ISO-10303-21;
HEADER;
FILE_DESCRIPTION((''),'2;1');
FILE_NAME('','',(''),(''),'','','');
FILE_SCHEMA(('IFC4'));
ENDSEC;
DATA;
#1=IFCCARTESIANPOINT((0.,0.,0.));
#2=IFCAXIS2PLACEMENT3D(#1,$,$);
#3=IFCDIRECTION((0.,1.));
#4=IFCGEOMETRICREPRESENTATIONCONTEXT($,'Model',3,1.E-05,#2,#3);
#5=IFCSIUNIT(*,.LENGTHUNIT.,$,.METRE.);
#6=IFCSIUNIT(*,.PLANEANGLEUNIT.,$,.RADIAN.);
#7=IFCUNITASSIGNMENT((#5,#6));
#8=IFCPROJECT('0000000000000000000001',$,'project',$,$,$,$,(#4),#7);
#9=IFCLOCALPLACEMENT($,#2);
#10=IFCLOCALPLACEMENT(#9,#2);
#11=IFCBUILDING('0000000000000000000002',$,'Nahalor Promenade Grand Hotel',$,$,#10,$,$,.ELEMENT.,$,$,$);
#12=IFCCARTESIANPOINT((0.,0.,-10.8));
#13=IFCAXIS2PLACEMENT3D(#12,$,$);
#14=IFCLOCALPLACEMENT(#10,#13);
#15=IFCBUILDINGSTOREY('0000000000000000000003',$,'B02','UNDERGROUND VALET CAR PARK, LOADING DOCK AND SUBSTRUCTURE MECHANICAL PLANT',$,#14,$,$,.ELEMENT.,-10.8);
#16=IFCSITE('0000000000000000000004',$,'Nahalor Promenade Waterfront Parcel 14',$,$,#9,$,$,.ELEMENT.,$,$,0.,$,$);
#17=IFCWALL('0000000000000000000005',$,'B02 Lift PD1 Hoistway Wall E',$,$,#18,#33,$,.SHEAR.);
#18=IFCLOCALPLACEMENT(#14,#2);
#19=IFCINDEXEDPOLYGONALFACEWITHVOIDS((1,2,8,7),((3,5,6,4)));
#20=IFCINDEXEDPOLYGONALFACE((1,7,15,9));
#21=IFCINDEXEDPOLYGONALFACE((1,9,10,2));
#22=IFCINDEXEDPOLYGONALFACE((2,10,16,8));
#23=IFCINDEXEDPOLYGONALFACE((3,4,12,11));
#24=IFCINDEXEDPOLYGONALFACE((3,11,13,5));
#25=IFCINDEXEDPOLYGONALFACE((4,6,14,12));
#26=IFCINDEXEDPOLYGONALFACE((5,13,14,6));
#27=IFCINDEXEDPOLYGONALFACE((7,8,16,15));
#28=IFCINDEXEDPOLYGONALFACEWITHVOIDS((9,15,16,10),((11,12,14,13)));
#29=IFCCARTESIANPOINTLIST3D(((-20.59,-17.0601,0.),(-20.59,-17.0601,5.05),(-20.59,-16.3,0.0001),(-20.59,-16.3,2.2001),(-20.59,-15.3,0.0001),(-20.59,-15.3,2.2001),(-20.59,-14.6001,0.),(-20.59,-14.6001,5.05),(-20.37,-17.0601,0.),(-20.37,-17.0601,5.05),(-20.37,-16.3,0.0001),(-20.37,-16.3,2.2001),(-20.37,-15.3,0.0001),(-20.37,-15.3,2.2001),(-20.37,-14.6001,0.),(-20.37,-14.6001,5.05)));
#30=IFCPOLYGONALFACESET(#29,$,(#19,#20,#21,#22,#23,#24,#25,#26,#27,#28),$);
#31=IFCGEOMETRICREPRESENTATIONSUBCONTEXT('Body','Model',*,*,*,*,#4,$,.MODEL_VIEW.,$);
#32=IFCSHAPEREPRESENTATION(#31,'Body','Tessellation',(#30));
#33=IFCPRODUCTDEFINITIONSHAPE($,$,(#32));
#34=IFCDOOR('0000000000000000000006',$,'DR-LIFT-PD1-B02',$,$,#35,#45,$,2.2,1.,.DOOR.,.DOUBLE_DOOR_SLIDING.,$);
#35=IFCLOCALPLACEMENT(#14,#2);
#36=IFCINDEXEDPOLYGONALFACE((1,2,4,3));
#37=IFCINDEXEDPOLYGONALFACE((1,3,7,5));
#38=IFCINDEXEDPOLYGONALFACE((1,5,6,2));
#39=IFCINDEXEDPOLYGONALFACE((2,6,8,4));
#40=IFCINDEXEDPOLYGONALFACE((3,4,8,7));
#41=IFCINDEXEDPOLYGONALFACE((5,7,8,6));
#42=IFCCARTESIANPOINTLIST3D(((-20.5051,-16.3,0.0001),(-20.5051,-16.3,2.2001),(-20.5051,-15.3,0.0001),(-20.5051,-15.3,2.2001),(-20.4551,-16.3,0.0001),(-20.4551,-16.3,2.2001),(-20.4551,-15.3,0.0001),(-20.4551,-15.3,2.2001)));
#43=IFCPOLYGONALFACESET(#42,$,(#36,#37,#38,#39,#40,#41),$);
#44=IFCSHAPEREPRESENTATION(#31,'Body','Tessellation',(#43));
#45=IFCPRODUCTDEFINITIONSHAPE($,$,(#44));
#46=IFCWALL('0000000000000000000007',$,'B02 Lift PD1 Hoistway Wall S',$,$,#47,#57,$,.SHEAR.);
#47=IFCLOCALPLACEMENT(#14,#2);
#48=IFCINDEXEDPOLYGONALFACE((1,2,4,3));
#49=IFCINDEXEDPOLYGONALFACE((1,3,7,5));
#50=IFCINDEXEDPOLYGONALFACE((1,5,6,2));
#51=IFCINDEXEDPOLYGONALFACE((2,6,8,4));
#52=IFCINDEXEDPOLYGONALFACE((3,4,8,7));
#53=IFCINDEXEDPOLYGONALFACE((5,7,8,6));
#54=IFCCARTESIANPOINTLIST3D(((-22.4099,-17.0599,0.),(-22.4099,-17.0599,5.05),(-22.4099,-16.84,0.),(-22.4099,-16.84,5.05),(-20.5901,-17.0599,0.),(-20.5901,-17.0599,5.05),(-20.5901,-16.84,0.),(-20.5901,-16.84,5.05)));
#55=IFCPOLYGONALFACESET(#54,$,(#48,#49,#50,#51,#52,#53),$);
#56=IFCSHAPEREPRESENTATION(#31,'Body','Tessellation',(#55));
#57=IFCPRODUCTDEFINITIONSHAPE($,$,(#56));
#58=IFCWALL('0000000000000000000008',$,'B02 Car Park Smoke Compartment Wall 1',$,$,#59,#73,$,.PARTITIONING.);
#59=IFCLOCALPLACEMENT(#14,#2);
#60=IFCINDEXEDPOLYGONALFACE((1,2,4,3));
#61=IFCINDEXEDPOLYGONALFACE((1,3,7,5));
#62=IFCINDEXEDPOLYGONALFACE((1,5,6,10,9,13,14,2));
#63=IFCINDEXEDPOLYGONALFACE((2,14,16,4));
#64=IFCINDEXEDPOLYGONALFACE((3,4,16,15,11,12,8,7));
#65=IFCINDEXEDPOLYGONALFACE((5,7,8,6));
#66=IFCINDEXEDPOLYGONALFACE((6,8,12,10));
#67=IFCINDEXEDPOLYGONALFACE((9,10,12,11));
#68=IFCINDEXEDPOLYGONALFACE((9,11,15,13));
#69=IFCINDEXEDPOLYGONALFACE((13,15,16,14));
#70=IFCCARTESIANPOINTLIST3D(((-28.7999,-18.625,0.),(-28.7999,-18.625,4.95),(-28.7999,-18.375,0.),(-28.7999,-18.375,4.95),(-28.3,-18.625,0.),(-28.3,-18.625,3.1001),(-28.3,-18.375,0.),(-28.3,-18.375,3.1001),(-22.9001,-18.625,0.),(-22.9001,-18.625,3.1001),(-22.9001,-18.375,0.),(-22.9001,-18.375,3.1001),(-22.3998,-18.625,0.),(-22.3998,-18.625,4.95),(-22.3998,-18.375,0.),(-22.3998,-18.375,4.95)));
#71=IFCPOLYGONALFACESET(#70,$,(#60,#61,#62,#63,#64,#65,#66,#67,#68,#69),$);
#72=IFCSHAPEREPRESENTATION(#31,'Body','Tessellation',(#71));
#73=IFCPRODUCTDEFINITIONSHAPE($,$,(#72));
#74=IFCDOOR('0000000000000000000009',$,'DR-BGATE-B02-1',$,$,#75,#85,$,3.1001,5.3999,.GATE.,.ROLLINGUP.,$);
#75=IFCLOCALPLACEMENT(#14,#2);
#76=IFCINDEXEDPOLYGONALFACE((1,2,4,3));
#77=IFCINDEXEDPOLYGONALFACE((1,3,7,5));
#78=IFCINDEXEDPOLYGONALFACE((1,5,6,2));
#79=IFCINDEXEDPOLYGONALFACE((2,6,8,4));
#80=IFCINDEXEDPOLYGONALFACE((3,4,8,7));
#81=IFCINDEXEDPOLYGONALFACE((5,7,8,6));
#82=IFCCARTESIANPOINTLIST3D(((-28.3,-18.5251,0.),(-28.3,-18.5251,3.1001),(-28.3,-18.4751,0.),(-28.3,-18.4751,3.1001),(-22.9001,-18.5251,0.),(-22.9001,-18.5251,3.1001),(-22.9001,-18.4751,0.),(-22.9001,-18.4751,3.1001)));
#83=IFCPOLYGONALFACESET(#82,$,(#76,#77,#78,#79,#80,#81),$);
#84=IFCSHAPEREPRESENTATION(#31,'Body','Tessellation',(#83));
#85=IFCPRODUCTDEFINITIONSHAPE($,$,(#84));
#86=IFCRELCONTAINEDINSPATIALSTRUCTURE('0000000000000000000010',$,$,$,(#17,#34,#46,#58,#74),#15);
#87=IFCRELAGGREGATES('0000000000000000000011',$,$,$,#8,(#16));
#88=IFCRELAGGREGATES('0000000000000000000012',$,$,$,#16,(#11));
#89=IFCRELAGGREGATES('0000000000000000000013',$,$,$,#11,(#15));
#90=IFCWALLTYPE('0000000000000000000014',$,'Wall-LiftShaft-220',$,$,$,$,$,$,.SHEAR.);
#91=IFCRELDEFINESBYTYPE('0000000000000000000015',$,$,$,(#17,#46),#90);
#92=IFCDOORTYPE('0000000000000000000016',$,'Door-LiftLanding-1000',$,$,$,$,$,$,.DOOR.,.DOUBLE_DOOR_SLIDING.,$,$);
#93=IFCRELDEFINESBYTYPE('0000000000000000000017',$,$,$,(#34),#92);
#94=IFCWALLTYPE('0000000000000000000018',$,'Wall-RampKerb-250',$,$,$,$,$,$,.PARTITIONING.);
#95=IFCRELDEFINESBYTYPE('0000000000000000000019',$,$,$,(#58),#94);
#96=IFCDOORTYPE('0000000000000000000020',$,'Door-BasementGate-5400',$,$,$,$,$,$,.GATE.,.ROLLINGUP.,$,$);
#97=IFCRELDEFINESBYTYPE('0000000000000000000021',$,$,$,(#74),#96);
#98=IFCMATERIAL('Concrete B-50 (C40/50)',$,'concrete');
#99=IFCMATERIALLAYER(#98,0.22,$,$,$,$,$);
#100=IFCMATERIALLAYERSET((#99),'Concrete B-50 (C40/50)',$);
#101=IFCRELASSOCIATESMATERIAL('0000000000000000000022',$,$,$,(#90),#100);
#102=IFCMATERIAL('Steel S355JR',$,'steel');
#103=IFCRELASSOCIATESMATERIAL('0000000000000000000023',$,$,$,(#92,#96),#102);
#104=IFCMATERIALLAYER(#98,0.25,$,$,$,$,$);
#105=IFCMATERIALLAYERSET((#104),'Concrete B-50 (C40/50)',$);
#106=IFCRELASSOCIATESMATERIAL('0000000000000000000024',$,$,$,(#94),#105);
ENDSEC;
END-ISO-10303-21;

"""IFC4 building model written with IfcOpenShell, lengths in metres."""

from ifc_helpers import new_model, si_unit, direction, frame, frame_2d, origin, place, context, subcontext, project, spatial, rectangle, extrude, source, transform, mapped, material, layer, layer_set, type_object, element, fill, save


model = new_model("IFC4")

# Units and contexts
model_context = context("Model", 3, precision=1e-05, world=origin(), true_north=direction((0.0, 1.0)))
body_context = subcontext(model_context, "Body", "Model", "MODEL_VIEW")
ifc_project = project(units=[si_unit("LENGTHUNIT", "METRE"), si_unit("PLANEANGLEUNIT", "RADIAN")], contexts=[model_context])

# Site, building, storey
site_placement = place(None, origin())
site = spatial("IfcSite", under=ifc_project, at=site_placement, Name="Nahalor Promenade Waterfront Parcel 14", CompositionType="ELEMENT", RefElevation=0.0)
building_placement = place(site_placement, origin())
building = spatial("IfcBuilding", under=site, at=building_placement, Name="Nahalor Promenade Grand Hotel", CompositionType="ELEMENT")
storey_placement = place(building_placement, frame((0.0, 0.0, -10.8)))
storey = spatial("IfcBuildingStorey", under=building, at=storey_placement, Name="B02", Description="UNDERGROUND VALET CAR PARK, LOADING DOCK AND SUBSTRUCTURE MECHANICAL PLANT", CompositionType="ELEMENT", Elevation=-10.8)

# Shared definitions
ifc_material_1 = material(Name="Concrete B-50 (C40/50)", Category="concrete")

# Shared definitions
ifc_material_2 = material(Name="Steel S355JR", Category="steel")

# Shared definitions
ifc_layer_1 = layer(ifc_material_1, 0.22)
ifc_layer_set_1 = layer_set([ifc_layer_1], Name="Concrete B-50 (C40/50)")
wall_type_1 = type_object("IfcWallType", Name="Wall-LiftShaft-220", PredefinedType="SHEAR", material=ifc_layer_set_1)
shared_shape_1 = source(origin(), body_context, "Body", "SweptSolid", [
    extrude(rectangle(XDim=2.46, YDim=0.22, at=frame_2d((1.23, 0.0))), origin(), (0.0, 0.0, 1.0), 5.05),
])

# Wall, opening, door
wall_1_placement = place(storey_placement, frame((-20.48, -17.0601, 0.0), z_axis=(0.0, 0.0, 1.0), x_axis=(0.0, 1.0, 0.0)))
wall_1 = element("IfcWall", 1, at=wall_1_placement, inside=storey, type_object=wall_type_1, Name="B02 Lift PD1 Hoistway Wall E", PredefinedType="SHEAR", context=body_context, shape_type="MappedRepresentation", body=[
    mapped(shared_shape_1, transform((0.0, 0.0, 0.0), scale=1.0)),
])
opening_1_placement = place(wall_1_placement, frame((0.76, 0.0, 0.0)))
opening_1 = element("IfcOpeningElement", 2, at=opening_1_placement, cuts=wall_1, PredefinedType="OPENING", context=body_context, shape_type="SweptSolid", body=[
    extrude(rectangle(XDim=1.0, YDim=2.2, at=frame_2d((0.5, 1.1001))), frame((0.0, 0.1199, 0.0), z_axis=(0.0, -1.0, 0.0), x_axis=(1.0, 0.0, 0.0)), (0.0, 0.0, 1.0), 0.24),
])
door_type_1 = type_object("IfcDoorType", Name="Door-LiftLanding-1000", OperationType="DOUBLE_DOOR_SLIDING", PredefinedType="DOOR", material=ifc_material_2)
shared_shape_2 = source(origin(), body_context, "Body", "SweptSolid", [
    extrude(rectangle(XDim=1.0, YDim=2.2, at=frame_2d((0.5, 1.1001))), frame((0.0, 0.0249, 0.0), z_axis=(0.0, -1.0, 0.0), x_axis=(1.0, 0.0, 0.0)), (0.0, 0.0, 1.0), 0.05),
])
door_1_placement = place(opening_1_placement, frame((1.0, 0.0, 0.0), z_axis=(0.0, 0.0, 1.0), x_axis=(-1.0, 0.0, 0.0)))
door_1 = element("IfcDoor", 3, at=door_1_placement, inside=storey, type_object=door_type_1, Name="DR-LIFT-PD1-B02", OperationType="DOUBLE_DOOR_SLIDING", OverallHeight=2.2, OverallWidth=1.0, PredefinedType="DOOR", context=body_context, shape_type="MappedRepresentation", body=[
    mapped(shared_shape_2, transform((0.0, 0.0, 0.0), scale=1.0)),
])
fill(opening_1, door_1)

# Wall
shared_shape_3 = source(origin(), body_context, "Body", "SweptSolid", [
    extrude(rectangle(XDim=1.8198, YDim=0.22, at=frame_2d((0.9099, 0.0))), origin(), (0.0, 0.0, 1.0), 5.05),
])
wall_2_placement = place(storey_placement, frame((-22.4099, -16.95, 0.0), z_axis=(0.0, 0.0, 1.0), x_axis=(1.0, 0.0, 0.0)))
element("IfcWall", 4, at=wall_2_placement, inside=storey, type_object=wall_type_1, Name="B02 Lift PD1 Hoistway Wall S", PredefinedType="SHEAR", context=body_context, shape_type="MappedRepresentation", body=[
    mapped(shared_shape_3, transform((0.0, 0.0, 0.0), scale=1.0)),
])

# Wall, opening, door
ifc_layer_2 = layer(ifc_material_1, 0.25)
ifc_layer_set_2 = layer_set([ifc_layer_2], Name="Concrete B-50 (C40/50)")
wall_type_2 = type_object("IfcWallType", Name="Wall-RampKerb-250", PredefinedType="PARTITIONING", material=ifc_layer_set_2)
shared_shape_4 = source(origin(), body_context, "Body", "SweptSolid", [
    extrude(rectangle(XDim=6.4001, YDim=0.25, at=frame_2d((3.2002, 0.0))), origin(), (0.0, 0.0, 1.0), 4.95),
])
wall_3_placement = place(storey_placement, frame((-28.8, -18.5, 0.0), z_axis=(0.0, 0.0, 1.0), x_axis=(1.0, 0.0, 0.0)))
wall_3 = element("IfcWall", 5, at=wall_3_placement, inside=storey, type_object=wall_type_2, Name="B02 Car Park Smoke Compartment Wall 1", PredefinedType="PARTITIONING", context=body_context, shape_type="MappedRepresentation", body=[
    mapped(shared_shape_4, transform((0.0, 0.0, 0.0), scale=1.0)),
])
opening_2_placement = place(wall_3_placement, frame((0.5, 0.0, 0.0)))
opening_2 = element("IfcOpeningElement", 6, at=opening_2_placement, cuts=wall_3, PredefinedType="OPENING", context=body_context, shape_type="SweptSolid", body=[
    extrude(rectangle(XDim=5.3999, YDim=3.1001, at=frame_2d((2.7, 1.55))), frame((0.0, 0.135, 0.0), z_axis=(0.0, -1.0, 0.0), x_axis=(1.0, 0.0, 0.0)), (0.0, 0.0, 1.0), 0.27),
])
door_type_2 = type_object("IfcDoorType", Name="Door-BasementGate-5400", OperationType="ROLLINGUP", PredefinedType="GATE", material=ifc_material_2)
shared_shape_5 = source(origin(), body_context, "Body", "SweptSolid", [
    extrude(rectangle(XDim=5.3999, YDim=3.1001, at=frame_2d((2.7, 1.55))), frame((0.0, 0.0249, 0.0), z_axis=(0.0, -1.0, 0.0), x_axis=(1.0, 0.0, 0.0)), (0.0, 0.0, 1.0), 0.05),
])
door_2_placement = place(opening_2_placement, origin())
door_2 = element("IfcDoor", 7, at=door_2_placement, inside=storey, type_object=door_type_2, Name="DR-BGATE-B02-1", OperationType="ROLLINGUP", OverallHeight=3.1001, OverallWidth=5.3999, PredefinedType="GATE", context=body_context, shape_type="MappedRepresentation", body=[
    mapped(shared_shape_5, transform((0.0, 0.0, 0.0), scale=1.0)),
])
fill(opening_2, door_2)

save(model, "model.ifc")
